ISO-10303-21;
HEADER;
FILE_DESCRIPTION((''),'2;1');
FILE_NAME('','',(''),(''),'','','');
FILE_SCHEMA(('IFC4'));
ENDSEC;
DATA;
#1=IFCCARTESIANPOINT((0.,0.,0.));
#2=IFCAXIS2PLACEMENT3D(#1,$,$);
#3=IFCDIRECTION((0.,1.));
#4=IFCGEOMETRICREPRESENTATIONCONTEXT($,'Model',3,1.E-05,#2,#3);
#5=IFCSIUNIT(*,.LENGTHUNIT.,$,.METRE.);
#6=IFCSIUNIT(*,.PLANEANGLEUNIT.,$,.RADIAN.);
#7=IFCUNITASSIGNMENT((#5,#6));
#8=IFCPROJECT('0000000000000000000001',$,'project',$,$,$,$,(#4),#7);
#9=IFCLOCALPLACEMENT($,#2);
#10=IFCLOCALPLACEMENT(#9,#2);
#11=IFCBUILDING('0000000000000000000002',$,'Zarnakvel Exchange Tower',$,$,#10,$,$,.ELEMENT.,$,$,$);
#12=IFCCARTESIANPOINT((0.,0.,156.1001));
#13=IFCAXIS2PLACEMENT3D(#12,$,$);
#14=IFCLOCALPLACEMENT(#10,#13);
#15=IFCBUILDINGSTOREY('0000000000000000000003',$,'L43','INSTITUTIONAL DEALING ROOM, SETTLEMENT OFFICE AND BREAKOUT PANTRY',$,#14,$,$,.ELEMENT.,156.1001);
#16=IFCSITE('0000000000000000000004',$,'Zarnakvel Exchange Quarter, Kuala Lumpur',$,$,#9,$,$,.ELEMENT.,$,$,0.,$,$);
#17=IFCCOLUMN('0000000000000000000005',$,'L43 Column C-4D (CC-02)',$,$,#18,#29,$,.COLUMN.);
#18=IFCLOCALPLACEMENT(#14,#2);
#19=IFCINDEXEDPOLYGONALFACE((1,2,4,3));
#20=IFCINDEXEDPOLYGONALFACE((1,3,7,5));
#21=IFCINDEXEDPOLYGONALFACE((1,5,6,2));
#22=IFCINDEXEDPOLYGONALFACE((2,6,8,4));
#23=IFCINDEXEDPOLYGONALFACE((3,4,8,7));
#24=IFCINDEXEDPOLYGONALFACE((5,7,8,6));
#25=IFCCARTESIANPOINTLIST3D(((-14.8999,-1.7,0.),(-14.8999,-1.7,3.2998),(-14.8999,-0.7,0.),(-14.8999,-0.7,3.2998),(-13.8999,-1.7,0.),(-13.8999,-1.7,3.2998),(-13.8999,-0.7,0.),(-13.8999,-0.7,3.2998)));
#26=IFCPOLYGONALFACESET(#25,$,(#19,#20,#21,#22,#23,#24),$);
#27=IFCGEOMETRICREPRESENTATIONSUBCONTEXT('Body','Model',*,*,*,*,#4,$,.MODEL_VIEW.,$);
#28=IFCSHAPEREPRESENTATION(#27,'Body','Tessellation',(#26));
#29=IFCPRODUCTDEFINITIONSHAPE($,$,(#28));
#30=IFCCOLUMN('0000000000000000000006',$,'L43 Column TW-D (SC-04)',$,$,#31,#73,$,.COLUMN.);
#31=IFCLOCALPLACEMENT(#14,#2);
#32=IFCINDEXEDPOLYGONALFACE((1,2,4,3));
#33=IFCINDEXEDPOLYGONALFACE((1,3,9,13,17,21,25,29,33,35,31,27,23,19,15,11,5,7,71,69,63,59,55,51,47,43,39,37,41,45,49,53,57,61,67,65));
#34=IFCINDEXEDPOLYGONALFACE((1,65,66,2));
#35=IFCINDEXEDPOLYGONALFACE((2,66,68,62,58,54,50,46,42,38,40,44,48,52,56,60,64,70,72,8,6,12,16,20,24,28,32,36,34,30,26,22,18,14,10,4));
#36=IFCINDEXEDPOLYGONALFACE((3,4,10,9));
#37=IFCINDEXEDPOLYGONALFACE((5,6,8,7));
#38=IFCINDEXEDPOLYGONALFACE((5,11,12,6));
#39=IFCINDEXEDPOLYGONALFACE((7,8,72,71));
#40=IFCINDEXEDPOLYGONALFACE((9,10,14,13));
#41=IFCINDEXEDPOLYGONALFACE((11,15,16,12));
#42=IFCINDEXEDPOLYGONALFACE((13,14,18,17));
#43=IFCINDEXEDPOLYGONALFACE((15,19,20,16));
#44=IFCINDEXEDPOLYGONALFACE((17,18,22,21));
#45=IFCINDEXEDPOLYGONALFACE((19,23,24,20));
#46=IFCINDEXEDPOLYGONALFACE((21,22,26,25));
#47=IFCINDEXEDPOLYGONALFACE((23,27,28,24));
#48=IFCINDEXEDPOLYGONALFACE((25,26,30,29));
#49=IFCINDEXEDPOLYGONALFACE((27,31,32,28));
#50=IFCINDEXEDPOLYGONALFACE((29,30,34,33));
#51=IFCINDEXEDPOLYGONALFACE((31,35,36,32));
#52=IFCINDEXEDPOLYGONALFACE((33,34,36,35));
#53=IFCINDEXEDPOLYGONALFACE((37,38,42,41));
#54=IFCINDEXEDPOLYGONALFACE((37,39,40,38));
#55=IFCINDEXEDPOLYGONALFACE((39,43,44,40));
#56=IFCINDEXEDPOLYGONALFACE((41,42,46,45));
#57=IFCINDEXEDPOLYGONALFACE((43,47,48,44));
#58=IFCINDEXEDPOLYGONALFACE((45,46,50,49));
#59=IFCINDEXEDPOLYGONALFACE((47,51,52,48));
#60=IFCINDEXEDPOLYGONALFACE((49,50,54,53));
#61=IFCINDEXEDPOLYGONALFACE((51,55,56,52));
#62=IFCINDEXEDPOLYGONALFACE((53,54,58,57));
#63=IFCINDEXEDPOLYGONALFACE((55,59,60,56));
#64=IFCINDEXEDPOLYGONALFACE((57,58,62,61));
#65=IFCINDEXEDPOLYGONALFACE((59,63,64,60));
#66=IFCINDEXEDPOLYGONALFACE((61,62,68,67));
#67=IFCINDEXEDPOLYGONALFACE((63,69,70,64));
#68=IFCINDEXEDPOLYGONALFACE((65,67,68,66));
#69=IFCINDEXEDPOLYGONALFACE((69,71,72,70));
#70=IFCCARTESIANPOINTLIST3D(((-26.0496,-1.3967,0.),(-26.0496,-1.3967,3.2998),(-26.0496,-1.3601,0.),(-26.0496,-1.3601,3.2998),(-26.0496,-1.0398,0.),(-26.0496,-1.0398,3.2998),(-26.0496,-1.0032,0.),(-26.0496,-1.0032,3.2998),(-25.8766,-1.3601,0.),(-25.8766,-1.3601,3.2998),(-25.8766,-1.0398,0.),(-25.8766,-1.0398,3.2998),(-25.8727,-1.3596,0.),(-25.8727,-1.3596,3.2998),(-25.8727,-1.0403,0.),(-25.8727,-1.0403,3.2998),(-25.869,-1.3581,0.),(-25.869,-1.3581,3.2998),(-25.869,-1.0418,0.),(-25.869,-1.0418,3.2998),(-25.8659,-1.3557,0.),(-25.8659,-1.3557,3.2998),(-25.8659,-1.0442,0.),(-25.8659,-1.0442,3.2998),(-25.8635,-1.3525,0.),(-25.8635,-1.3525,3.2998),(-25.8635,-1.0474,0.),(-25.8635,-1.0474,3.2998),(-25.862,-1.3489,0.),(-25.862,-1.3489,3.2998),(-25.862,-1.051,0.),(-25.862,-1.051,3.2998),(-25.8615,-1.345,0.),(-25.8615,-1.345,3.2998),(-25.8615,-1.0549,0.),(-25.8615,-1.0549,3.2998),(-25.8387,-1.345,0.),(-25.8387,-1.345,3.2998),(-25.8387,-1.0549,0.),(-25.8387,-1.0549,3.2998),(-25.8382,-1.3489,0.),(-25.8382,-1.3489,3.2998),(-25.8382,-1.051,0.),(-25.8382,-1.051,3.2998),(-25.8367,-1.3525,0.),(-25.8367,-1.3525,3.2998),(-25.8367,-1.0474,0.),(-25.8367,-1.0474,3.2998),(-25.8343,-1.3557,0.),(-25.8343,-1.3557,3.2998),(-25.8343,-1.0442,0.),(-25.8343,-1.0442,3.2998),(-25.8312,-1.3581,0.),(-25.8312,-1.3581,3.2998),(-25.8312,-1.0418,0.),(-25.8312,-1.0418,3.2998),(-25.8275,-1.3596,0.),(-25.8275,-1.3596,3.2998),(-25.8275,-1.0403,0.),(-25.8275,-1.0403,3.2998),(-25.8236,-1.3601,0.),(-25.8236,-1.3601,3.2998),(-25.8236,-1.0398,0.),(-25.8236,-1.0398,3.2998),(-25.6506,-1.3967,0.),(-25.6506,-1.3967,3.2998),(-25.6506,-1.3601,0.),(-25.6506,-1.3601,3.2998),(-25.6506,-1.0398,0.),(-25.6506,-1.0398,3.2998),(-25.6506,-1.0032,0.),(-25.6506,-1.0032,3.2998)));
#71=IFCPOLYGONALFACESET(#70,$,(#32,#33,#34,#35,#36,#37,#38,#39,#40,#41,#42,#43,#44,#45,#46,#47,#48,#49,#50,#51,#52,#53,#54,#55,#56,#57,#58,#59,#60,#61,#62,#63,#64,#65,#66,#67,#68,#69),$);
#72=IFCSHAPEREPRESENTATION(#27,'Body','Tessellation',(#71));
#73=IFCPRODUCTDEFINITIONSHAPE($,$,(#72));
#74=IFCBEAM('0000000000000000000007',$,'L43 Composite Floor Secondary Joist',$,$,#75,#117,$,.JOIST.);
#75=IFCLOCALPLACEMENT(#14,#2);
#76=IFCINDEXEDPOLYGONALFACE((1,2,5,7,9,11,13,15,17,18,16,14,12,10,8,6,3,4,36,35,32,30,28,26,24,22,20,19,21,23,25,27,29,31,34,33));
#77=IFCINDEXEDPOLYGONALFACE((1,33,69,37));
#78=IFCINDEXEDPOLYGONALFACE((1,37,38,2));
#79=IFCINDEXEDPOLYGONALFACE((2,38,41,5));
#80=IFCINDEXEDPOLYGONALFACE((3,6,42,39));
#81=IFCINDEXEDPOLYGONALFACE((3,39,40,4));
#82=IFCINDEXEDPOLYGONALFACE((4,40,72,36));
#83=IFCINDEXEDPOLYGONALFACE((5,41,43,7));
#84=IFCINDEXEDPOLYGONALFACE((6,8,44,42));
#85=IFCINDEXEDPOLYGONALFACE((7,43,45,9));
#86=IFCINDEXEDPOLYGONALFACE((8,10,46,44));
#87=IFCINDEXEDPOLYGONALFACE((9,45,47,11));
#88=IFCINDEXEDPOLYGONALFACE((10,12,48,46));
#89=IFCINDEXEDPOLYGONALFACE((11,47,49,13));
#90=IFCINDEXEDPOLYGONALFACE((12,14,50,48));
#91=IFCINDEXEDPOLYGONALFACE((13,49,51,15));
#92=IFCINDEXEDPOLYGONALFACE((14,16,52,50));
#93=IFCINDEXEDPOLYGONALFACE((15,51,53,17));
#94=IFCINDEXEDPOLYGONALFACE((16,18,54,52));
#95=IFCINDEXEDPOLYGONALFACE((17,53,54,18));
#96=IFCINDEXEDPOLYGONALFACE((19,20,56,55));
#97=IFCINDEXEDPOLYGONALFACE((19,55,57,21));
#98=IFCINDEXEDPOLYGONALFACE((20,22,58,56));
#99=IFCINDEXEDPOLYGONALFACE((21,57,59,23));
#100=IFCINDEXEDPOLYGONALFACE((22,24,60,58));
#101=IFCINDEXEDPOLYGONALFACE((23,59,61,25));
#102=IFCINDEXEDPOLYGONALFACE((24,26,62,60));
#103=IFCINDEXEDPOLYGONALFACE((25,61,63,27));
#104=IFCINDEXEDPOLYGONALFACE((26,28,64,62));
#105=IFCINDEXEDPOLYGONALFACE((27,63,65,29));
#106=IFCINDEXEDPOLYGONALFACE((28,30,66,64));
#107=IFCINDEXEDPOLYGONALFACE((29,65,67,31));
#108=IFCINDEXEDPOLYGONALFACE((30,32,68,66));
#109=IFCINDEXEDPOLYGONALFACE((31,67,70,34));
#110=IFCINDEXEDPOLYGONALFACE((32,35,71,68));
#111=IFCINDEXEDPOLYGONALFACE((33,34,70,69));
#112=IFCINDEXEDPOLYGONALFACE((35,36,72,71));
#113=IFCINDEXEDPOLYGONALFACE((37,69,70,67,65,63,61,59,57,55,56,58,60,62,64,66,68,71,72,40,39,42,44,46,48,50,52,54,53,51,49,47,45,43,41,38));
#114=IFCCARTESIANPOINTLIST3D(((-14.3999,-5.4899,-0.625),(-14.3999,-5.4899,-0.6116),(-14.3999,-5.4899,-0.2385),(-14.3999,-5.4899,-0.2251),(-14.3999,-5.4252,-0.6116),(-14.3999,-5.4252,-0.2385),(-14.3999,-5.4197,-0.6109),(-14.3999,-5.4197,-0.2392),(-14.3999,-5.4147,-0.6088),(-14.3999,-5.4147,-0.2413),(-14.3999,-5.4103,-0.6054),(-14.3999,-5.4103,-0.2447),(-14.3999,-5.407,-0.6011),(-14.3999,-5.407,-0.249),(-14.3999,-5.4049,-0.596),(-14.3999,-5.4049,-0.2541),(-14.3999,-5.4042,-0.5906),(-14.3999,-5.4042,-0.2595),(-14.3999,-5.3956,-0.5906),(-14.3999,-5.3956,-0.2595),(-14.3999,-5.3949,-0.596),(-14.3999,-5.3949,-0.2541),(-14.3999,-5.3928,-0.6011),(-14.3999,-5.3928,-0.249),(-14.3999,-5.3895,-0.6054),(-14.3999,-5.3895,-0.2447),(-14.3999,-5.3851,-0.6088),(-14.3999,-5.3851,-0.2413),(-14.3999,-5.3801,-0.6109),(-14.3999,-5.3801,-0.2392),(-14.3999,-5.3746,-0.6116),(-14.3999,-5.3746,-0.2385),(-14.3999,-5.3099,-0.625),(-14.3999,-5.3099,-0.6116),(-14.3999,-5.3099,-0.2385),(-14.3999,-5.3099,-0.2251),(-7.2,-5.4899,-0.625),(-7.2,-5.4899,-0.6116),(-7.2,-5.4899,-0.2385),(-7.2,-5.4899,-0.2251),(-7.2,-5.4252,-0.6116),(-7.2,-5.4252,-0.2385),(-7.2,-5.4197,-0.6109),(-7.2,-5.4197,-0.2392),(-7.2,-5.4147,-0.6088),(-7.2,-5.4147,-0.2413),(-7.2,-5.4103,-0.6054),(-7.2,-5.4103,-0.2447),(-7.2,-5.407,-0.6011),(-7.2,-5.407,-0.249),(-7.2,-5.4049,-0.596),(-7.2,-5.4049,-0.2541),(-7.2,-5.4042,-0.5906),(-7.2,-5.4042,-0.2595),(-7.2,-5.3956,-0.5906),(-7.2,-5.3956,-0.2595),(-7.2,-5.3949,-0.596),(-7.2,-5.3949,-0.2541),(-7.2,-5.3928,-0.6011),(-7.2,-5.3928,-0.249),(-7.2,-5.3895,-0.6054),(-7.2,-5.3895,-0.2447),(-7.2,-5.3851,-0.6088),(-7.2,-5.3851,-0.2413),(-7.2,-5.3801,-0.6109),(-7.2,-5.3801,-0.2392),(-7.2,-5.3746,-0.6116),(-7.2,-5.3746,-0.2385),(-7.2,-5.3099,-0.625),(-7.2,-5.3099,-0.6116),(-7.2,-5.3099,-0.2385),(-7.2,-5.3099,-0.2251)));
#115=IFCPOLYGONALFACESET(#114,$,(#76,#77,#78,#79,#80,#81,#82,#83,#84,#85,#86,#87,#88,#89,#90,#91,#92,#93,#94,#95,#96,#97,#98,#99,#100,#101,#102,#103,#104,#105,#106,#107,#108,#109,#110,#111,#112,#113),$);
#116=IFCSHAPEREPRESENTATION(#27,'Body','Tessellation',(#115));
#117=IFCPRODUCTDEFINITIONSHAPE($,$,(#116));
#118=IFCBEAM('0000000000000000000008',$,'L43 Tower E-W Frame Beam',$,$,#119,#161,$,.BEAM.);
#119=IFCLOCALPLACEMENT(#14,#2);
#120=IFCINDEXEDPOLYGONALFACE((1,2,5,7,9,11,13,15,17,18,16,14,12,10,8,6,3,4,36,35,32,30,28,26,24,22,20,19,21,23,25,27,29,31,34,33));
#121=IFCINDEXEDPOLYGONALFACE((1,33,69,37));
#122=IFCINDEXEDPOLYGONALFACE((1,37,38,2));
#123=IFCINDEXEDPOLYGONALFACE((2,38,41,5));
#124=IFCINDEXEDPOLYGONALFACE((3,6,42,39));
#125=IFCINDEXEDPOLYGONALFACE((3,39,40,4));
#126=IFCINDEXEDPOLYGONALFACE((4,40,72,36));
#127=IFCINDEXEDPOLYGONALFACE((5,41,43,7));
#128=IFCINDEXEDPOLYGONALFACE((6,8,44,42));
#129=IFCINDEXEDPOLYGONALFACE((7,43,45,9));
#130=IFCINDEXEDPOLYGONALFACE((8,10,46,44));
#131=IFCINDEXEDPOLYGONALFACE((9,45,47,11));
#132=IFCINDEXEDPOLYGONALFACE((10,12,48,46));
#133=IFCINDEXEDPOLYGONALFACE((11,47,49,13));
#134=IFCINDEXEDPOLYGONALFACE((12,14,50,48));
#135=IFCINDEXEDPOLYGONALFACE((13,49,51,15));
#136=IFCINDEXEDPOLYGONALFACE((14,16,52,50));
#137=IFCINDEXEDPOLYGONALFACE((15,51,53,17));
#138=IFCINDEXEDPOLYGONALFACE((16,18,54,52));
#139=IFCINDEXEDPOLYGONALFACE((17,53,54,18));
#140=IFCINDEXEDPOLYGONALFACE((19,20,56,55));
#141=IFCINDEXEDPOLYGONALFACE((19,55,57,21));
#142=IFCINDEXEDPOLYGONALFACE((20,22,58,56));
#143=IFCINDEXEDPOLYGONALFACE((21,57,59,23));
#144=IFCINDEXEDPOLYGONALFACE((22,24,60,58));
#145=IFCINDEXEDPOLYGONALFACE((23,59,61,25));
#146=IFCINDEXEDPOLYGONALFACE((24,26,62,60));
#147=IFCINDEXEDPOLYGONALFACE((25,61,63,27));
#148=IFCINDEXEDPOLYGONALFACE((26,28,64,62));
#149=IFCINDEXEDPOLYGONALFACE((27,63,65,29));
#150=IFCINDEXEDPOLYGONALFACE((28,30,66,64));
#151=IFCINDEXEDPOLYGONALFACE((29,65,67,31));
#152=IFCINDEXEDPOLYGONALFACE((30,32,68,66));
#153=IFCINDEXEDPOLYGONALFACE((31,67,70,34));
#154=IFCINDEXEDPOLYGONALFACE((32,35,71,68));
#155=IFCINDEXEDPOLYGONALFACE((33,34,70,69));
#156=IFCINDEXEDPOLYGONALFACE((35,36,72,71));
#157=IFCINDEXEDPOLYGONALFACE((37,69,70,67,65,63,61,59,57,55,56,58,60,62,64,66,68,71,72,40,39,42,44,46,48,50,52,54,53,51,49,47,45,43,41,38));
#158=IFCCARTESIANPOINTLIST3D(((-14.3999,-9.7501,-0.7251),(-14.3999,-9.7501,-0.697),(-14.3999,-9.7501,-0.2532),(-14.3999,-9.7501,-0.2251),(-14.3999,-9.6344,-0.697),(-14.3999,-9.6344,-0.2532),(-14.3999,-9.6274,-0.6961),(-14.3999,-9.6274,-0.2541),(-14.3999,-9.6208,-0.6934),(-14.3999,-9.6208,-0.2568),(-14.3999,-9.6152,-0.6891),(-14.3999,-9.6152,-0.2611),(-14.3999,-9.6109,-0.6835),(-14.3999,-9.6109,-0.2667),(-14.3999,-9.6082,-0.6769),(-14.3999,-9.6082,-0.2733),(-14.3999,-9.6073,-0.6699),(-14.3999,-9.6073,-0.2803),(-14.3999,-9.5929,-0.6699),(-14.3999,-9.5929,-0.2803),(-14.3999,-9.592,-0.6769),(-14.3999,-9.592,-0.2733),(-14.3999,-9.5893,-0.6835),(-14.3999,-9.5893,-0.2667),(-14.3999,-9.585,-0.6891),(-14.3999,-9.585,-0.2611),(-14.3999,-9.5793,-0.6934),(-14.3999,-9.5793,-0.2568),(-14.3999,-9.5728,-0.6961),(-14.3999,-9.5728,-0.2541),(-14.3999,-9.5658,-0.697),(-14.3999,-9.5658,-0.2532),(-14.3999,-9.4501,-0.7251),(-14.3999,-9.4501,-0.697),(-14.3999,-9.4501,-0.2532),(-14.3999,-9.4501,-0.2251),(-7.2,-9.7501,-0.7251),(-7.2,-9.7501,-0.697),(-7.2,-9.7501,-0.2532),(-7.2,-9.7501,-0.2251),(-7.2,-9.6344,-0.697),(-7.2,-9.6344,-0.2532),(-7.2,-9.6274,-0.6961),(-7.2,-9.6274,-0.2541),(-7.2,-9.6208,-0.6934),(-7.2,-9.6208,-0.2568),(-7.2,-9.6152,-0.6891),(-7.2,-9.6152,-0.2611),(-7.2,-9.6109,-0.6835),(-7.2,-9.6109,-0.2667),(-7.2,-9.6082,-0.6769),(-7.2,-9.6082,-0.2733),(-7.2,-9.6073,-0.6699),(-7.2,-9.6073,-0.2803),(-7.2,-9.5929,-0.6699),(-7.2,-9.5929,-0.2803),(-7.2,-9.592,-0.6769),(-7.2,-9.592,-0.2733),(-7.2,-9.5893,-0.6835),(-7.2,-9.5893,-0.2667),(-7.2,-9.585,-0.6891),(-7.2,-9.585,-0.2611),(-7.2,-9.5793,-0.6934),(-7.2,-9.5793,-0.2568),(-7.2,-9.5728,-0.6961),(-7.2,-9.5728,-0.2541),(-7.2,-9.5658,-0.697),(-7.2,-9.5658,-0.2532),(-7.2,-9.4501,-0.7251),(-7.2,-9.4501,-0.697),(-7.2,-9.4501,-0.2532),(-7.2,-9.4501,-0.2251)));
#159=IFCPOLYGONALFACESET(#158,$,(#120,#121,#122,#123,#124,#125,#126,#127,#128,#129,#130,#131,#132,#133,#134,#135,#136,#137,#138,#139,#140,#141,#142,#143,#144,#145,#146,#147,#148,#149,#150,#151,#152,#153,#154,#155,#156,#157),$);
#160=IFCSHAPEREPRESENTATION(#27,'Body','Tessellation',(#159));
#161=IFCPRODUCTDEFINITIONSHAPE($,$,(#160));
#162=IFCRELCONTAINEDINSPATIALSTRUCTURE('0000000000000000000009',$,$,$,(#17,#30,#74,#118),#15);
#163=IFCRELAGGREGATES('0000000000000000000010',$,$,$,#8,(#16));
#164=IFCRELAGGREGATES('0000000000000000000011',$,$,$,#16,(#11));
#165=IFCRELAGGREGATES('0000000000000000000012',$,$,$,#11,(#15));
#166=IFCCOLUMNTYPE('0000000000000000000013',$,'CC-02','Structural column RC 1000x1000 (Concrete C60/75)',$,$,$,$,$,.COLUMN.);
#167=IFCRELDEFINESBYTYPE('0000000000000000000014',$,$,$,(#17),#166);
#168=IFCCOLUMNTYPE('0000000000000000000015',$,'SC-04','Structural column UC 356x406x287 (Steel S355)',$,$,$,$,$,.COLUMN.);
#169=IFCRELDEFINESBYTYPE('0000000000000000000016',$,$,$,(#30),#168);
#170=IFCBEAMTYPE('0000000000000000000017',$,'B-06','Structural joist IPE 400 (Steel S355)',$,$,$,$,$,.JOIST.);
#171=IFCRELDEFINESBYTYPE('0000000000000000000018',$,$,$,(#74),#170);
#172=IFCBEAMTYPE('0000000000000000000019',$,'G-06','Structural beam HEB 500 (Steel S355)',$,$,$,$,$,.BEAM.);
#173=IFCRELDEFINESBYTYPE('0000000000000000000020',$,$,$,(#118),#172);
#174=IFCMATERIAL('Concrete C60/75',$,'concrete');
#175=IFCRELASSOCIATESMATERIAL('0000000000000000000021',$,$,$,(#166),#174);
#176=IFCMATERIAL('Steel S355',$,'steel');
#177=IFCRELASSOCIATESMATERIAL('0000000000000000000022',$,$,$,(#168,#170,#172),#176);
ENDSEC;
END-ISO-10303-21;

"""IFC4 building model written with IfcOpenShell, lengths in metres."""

from ifc_helpers import new_model, si_unit, direction, frame, origin, origin_2d, place, context, subcontext, project, spatial, rectangle, i_section, extrude, material, material_profile, profile_set, type_object, element, save


model = new_model("IFC4")

# Units and contexts
model_context = context("Model", 3, precision=1e-05, world=origin(), true_north=direction((0.0, 1.0)))
body_context = subcontext(model_context, "Body", "Model", "MODEL_VIEW")
ifc_project = project(units=[si_unit("LENGTHUNIT", "METRE"), si_unit("PLANEANGLEUNIT", "RADIAN")], contexts=[model_context])

# Site, building, storey
site_placement = place(None, origin())
site = spatial("IfcSite", under=ifc_project, at=site_placement, Name="Zarnakvel Exchange Quarter, Kuala Lumpur", CompositionType="ELEMENT", RefElevation=0.0)
building_placement = place(site_placement, origin())
building = spatial("IfcBuilding", under=site, at=building_placement, Name="Zarnakvel Exchange Tower", CompositionType="ELEMENT")
storey_placement = place(building_placement, frame((0.0, 0.0, 156.1001)))
storey = spatial("IfcBuildingStorey", under=building, at=storey_placement, Name="L43", Description="INSTITUTIONAL DEALING ROOM, SETTLEMENT OFFICE AND BREAKOUT PANTRY", CompositionType="ELEMENT", Elevation=156.1001)

# Columns
ifc_material_1 = material(Name="Concrete C60/75", Category="concrete")
ifc_material_profile_1 = material_profile(ifc_material_1, rectangle(XDim=1.0, YDim=1.0, at=origin_2d()))
ifc_profile_set_1 = profile_set([ifc_material_profile_1], Name="Concrete C60/75")
column_type_1 = type_object("IfcColumnType", Name="CC-02", Description="Structural column RC 1000x1000 (Concrete C60/75)", PredefinedType="COLUMN", material=ifc_profile_set_1)
column_1_placement = place(storey_placement, frame((-14.3999, -1.2, 0.0), z_axis=(0.0, 0.0, 1.0), x_axis=(1.0, 0.0, 0.0)))
element("IfcColumn", 1, at=column_1_placement, inside=storey, type_object=column_type_1, Name="L43 Column C-4D (CC-02)", PredefinedType="COLUMN", context=body_context, shape_type="SweptSolid", body=[
    extrude(rectangle(XDim=1.0, YDim=1.0, at=origin_2d()), origin(), (0.0, 0.0, 1.0), 3.2998),
])
ifc_material_2 = material(Name="Steel S355", Category="steel")
ifc_material_profile_2 = material_profile(ifc_material_2, i_section(OverallWidth=0.3989, OverallDepth=0.3936, WebThickness=0.0227, FlangeThickness=0.0366, FilletRadius=0.0151, at=origin_2d()))
ifc_profile_set_2 = profile_set([ifc_material_profile_2], Name="Steel S355")
column_type_2 = type_object("IfcColumnType", Name="SC-04", Description="Structural column UC 356x406x287 (Steel S355)", PredefinedType="COLUMN", material=ifc_profile_set_2)
column_2_placement = place(storey_placement, frame((-25.8501, -1.2, 0.0), z_axis=(0.0, 0.0, 1.0), x_axis=(1.0, 0.0, 0.0)))
element("IfcColumn", 2, at=column_2_placement, inside=storey, type_object=column_type_2, Name="L43 Column TW-D (SC-04)", PredefinedType="COLUMN", context=body_context, shape_type="SweptSolid", body=[
    extrude(i_section(OverallWidth=0.3989, OverallDepth=0.3936, WebThickness=0.0227, FlangeThickness=0.0366, FilletRadius=0.0151, at=origin_2d()), origin(), (0.0, 0.0, 1.0), 3.2998),
])

# Beams
ifc_material_profile_3 = material_profile(ifc_material_2, i_section(OverallWidth=0.1799, OverallDepth=0.3999, WebThickness=0.0085, FlangeThickness=0.0134, FilletRadius=0.021, at=origin_2d()))
ifc_profile_set_3 = profile_set([ifc_material_profile_3], Name="Steel S355")
beam_type_1 = type_object("IfcBeamType", Name="B-06", Description="Structural joist IPE 400 (Steel S355)", PredefinedType="JOIST", material=ifc_profile_set_3)
beam_1_placement = place(storey_placement, frame((-14.3999, -5.3999, -0.425), z_axis=(1.0, 0.0, 0.0), x_axis=(0.0, 1.0, 0.0)))
element("IfcBeam", 3, at=beam_1_placement, inside=storey, type_object=beam_type_1, Name="L43 Composite Floor Secondary Joist", PredefinedType="JOIST", context=body_context, shape_type="SweptSolid", body=[
    extrude(i_section(OverallWidth=0.1799, OverallDepth=0.3999, WebThickness=0.0085, FlangeThickness=0.0134, FilletRadius=0.021, at=origin_2d()), origin(), (0.0, 0.0, 1.0), 7.2),
])
ifc_material_profile_4 = material_profile(ifc_material_2, i_section(OverallWidth=0.3, OverallDepth=0.5, WebThickness=0.0144, FlangeThickness=0.0281, FilletRadius=0.0271, at=origin_2d()))
ifc_profile_set_4 = profile_set([ifc_material_profile_4], Name="Steel S355")
beam_type_2 = type_object("IfcBeamType", Name="G-06", Description="Structural beam HEB 500 (Steel S355)", PredefinedType="BEAM", material=ifc_profile_set_4)
beam_2_placement = place(storey_placement, frame((-14.3999, -9.6001, -0.4751), z_axis=(1.0, 0.0, 0.0), x_axis=(0.0, 1.0, 0.0)))
element("IfcBeam", 4, at=beam_2_placement, inside=storey, type_object=beam_type_2, Name="L43 Tower E-W Frame Beam", PredefinedType="BEAM", context=body_context, shape_type="SweptSolid", body=[
    extrude(i_section(OverallWidth=0.3, OverallDepth=0.5, WebThickness=0.0144, FlangeThickness=0.0281, FilletRadius=0.0271, at=origin_2d()), origin(), (0.0, 0.0, 1.0), 7.2),
])

save(model, "model.ifc")
